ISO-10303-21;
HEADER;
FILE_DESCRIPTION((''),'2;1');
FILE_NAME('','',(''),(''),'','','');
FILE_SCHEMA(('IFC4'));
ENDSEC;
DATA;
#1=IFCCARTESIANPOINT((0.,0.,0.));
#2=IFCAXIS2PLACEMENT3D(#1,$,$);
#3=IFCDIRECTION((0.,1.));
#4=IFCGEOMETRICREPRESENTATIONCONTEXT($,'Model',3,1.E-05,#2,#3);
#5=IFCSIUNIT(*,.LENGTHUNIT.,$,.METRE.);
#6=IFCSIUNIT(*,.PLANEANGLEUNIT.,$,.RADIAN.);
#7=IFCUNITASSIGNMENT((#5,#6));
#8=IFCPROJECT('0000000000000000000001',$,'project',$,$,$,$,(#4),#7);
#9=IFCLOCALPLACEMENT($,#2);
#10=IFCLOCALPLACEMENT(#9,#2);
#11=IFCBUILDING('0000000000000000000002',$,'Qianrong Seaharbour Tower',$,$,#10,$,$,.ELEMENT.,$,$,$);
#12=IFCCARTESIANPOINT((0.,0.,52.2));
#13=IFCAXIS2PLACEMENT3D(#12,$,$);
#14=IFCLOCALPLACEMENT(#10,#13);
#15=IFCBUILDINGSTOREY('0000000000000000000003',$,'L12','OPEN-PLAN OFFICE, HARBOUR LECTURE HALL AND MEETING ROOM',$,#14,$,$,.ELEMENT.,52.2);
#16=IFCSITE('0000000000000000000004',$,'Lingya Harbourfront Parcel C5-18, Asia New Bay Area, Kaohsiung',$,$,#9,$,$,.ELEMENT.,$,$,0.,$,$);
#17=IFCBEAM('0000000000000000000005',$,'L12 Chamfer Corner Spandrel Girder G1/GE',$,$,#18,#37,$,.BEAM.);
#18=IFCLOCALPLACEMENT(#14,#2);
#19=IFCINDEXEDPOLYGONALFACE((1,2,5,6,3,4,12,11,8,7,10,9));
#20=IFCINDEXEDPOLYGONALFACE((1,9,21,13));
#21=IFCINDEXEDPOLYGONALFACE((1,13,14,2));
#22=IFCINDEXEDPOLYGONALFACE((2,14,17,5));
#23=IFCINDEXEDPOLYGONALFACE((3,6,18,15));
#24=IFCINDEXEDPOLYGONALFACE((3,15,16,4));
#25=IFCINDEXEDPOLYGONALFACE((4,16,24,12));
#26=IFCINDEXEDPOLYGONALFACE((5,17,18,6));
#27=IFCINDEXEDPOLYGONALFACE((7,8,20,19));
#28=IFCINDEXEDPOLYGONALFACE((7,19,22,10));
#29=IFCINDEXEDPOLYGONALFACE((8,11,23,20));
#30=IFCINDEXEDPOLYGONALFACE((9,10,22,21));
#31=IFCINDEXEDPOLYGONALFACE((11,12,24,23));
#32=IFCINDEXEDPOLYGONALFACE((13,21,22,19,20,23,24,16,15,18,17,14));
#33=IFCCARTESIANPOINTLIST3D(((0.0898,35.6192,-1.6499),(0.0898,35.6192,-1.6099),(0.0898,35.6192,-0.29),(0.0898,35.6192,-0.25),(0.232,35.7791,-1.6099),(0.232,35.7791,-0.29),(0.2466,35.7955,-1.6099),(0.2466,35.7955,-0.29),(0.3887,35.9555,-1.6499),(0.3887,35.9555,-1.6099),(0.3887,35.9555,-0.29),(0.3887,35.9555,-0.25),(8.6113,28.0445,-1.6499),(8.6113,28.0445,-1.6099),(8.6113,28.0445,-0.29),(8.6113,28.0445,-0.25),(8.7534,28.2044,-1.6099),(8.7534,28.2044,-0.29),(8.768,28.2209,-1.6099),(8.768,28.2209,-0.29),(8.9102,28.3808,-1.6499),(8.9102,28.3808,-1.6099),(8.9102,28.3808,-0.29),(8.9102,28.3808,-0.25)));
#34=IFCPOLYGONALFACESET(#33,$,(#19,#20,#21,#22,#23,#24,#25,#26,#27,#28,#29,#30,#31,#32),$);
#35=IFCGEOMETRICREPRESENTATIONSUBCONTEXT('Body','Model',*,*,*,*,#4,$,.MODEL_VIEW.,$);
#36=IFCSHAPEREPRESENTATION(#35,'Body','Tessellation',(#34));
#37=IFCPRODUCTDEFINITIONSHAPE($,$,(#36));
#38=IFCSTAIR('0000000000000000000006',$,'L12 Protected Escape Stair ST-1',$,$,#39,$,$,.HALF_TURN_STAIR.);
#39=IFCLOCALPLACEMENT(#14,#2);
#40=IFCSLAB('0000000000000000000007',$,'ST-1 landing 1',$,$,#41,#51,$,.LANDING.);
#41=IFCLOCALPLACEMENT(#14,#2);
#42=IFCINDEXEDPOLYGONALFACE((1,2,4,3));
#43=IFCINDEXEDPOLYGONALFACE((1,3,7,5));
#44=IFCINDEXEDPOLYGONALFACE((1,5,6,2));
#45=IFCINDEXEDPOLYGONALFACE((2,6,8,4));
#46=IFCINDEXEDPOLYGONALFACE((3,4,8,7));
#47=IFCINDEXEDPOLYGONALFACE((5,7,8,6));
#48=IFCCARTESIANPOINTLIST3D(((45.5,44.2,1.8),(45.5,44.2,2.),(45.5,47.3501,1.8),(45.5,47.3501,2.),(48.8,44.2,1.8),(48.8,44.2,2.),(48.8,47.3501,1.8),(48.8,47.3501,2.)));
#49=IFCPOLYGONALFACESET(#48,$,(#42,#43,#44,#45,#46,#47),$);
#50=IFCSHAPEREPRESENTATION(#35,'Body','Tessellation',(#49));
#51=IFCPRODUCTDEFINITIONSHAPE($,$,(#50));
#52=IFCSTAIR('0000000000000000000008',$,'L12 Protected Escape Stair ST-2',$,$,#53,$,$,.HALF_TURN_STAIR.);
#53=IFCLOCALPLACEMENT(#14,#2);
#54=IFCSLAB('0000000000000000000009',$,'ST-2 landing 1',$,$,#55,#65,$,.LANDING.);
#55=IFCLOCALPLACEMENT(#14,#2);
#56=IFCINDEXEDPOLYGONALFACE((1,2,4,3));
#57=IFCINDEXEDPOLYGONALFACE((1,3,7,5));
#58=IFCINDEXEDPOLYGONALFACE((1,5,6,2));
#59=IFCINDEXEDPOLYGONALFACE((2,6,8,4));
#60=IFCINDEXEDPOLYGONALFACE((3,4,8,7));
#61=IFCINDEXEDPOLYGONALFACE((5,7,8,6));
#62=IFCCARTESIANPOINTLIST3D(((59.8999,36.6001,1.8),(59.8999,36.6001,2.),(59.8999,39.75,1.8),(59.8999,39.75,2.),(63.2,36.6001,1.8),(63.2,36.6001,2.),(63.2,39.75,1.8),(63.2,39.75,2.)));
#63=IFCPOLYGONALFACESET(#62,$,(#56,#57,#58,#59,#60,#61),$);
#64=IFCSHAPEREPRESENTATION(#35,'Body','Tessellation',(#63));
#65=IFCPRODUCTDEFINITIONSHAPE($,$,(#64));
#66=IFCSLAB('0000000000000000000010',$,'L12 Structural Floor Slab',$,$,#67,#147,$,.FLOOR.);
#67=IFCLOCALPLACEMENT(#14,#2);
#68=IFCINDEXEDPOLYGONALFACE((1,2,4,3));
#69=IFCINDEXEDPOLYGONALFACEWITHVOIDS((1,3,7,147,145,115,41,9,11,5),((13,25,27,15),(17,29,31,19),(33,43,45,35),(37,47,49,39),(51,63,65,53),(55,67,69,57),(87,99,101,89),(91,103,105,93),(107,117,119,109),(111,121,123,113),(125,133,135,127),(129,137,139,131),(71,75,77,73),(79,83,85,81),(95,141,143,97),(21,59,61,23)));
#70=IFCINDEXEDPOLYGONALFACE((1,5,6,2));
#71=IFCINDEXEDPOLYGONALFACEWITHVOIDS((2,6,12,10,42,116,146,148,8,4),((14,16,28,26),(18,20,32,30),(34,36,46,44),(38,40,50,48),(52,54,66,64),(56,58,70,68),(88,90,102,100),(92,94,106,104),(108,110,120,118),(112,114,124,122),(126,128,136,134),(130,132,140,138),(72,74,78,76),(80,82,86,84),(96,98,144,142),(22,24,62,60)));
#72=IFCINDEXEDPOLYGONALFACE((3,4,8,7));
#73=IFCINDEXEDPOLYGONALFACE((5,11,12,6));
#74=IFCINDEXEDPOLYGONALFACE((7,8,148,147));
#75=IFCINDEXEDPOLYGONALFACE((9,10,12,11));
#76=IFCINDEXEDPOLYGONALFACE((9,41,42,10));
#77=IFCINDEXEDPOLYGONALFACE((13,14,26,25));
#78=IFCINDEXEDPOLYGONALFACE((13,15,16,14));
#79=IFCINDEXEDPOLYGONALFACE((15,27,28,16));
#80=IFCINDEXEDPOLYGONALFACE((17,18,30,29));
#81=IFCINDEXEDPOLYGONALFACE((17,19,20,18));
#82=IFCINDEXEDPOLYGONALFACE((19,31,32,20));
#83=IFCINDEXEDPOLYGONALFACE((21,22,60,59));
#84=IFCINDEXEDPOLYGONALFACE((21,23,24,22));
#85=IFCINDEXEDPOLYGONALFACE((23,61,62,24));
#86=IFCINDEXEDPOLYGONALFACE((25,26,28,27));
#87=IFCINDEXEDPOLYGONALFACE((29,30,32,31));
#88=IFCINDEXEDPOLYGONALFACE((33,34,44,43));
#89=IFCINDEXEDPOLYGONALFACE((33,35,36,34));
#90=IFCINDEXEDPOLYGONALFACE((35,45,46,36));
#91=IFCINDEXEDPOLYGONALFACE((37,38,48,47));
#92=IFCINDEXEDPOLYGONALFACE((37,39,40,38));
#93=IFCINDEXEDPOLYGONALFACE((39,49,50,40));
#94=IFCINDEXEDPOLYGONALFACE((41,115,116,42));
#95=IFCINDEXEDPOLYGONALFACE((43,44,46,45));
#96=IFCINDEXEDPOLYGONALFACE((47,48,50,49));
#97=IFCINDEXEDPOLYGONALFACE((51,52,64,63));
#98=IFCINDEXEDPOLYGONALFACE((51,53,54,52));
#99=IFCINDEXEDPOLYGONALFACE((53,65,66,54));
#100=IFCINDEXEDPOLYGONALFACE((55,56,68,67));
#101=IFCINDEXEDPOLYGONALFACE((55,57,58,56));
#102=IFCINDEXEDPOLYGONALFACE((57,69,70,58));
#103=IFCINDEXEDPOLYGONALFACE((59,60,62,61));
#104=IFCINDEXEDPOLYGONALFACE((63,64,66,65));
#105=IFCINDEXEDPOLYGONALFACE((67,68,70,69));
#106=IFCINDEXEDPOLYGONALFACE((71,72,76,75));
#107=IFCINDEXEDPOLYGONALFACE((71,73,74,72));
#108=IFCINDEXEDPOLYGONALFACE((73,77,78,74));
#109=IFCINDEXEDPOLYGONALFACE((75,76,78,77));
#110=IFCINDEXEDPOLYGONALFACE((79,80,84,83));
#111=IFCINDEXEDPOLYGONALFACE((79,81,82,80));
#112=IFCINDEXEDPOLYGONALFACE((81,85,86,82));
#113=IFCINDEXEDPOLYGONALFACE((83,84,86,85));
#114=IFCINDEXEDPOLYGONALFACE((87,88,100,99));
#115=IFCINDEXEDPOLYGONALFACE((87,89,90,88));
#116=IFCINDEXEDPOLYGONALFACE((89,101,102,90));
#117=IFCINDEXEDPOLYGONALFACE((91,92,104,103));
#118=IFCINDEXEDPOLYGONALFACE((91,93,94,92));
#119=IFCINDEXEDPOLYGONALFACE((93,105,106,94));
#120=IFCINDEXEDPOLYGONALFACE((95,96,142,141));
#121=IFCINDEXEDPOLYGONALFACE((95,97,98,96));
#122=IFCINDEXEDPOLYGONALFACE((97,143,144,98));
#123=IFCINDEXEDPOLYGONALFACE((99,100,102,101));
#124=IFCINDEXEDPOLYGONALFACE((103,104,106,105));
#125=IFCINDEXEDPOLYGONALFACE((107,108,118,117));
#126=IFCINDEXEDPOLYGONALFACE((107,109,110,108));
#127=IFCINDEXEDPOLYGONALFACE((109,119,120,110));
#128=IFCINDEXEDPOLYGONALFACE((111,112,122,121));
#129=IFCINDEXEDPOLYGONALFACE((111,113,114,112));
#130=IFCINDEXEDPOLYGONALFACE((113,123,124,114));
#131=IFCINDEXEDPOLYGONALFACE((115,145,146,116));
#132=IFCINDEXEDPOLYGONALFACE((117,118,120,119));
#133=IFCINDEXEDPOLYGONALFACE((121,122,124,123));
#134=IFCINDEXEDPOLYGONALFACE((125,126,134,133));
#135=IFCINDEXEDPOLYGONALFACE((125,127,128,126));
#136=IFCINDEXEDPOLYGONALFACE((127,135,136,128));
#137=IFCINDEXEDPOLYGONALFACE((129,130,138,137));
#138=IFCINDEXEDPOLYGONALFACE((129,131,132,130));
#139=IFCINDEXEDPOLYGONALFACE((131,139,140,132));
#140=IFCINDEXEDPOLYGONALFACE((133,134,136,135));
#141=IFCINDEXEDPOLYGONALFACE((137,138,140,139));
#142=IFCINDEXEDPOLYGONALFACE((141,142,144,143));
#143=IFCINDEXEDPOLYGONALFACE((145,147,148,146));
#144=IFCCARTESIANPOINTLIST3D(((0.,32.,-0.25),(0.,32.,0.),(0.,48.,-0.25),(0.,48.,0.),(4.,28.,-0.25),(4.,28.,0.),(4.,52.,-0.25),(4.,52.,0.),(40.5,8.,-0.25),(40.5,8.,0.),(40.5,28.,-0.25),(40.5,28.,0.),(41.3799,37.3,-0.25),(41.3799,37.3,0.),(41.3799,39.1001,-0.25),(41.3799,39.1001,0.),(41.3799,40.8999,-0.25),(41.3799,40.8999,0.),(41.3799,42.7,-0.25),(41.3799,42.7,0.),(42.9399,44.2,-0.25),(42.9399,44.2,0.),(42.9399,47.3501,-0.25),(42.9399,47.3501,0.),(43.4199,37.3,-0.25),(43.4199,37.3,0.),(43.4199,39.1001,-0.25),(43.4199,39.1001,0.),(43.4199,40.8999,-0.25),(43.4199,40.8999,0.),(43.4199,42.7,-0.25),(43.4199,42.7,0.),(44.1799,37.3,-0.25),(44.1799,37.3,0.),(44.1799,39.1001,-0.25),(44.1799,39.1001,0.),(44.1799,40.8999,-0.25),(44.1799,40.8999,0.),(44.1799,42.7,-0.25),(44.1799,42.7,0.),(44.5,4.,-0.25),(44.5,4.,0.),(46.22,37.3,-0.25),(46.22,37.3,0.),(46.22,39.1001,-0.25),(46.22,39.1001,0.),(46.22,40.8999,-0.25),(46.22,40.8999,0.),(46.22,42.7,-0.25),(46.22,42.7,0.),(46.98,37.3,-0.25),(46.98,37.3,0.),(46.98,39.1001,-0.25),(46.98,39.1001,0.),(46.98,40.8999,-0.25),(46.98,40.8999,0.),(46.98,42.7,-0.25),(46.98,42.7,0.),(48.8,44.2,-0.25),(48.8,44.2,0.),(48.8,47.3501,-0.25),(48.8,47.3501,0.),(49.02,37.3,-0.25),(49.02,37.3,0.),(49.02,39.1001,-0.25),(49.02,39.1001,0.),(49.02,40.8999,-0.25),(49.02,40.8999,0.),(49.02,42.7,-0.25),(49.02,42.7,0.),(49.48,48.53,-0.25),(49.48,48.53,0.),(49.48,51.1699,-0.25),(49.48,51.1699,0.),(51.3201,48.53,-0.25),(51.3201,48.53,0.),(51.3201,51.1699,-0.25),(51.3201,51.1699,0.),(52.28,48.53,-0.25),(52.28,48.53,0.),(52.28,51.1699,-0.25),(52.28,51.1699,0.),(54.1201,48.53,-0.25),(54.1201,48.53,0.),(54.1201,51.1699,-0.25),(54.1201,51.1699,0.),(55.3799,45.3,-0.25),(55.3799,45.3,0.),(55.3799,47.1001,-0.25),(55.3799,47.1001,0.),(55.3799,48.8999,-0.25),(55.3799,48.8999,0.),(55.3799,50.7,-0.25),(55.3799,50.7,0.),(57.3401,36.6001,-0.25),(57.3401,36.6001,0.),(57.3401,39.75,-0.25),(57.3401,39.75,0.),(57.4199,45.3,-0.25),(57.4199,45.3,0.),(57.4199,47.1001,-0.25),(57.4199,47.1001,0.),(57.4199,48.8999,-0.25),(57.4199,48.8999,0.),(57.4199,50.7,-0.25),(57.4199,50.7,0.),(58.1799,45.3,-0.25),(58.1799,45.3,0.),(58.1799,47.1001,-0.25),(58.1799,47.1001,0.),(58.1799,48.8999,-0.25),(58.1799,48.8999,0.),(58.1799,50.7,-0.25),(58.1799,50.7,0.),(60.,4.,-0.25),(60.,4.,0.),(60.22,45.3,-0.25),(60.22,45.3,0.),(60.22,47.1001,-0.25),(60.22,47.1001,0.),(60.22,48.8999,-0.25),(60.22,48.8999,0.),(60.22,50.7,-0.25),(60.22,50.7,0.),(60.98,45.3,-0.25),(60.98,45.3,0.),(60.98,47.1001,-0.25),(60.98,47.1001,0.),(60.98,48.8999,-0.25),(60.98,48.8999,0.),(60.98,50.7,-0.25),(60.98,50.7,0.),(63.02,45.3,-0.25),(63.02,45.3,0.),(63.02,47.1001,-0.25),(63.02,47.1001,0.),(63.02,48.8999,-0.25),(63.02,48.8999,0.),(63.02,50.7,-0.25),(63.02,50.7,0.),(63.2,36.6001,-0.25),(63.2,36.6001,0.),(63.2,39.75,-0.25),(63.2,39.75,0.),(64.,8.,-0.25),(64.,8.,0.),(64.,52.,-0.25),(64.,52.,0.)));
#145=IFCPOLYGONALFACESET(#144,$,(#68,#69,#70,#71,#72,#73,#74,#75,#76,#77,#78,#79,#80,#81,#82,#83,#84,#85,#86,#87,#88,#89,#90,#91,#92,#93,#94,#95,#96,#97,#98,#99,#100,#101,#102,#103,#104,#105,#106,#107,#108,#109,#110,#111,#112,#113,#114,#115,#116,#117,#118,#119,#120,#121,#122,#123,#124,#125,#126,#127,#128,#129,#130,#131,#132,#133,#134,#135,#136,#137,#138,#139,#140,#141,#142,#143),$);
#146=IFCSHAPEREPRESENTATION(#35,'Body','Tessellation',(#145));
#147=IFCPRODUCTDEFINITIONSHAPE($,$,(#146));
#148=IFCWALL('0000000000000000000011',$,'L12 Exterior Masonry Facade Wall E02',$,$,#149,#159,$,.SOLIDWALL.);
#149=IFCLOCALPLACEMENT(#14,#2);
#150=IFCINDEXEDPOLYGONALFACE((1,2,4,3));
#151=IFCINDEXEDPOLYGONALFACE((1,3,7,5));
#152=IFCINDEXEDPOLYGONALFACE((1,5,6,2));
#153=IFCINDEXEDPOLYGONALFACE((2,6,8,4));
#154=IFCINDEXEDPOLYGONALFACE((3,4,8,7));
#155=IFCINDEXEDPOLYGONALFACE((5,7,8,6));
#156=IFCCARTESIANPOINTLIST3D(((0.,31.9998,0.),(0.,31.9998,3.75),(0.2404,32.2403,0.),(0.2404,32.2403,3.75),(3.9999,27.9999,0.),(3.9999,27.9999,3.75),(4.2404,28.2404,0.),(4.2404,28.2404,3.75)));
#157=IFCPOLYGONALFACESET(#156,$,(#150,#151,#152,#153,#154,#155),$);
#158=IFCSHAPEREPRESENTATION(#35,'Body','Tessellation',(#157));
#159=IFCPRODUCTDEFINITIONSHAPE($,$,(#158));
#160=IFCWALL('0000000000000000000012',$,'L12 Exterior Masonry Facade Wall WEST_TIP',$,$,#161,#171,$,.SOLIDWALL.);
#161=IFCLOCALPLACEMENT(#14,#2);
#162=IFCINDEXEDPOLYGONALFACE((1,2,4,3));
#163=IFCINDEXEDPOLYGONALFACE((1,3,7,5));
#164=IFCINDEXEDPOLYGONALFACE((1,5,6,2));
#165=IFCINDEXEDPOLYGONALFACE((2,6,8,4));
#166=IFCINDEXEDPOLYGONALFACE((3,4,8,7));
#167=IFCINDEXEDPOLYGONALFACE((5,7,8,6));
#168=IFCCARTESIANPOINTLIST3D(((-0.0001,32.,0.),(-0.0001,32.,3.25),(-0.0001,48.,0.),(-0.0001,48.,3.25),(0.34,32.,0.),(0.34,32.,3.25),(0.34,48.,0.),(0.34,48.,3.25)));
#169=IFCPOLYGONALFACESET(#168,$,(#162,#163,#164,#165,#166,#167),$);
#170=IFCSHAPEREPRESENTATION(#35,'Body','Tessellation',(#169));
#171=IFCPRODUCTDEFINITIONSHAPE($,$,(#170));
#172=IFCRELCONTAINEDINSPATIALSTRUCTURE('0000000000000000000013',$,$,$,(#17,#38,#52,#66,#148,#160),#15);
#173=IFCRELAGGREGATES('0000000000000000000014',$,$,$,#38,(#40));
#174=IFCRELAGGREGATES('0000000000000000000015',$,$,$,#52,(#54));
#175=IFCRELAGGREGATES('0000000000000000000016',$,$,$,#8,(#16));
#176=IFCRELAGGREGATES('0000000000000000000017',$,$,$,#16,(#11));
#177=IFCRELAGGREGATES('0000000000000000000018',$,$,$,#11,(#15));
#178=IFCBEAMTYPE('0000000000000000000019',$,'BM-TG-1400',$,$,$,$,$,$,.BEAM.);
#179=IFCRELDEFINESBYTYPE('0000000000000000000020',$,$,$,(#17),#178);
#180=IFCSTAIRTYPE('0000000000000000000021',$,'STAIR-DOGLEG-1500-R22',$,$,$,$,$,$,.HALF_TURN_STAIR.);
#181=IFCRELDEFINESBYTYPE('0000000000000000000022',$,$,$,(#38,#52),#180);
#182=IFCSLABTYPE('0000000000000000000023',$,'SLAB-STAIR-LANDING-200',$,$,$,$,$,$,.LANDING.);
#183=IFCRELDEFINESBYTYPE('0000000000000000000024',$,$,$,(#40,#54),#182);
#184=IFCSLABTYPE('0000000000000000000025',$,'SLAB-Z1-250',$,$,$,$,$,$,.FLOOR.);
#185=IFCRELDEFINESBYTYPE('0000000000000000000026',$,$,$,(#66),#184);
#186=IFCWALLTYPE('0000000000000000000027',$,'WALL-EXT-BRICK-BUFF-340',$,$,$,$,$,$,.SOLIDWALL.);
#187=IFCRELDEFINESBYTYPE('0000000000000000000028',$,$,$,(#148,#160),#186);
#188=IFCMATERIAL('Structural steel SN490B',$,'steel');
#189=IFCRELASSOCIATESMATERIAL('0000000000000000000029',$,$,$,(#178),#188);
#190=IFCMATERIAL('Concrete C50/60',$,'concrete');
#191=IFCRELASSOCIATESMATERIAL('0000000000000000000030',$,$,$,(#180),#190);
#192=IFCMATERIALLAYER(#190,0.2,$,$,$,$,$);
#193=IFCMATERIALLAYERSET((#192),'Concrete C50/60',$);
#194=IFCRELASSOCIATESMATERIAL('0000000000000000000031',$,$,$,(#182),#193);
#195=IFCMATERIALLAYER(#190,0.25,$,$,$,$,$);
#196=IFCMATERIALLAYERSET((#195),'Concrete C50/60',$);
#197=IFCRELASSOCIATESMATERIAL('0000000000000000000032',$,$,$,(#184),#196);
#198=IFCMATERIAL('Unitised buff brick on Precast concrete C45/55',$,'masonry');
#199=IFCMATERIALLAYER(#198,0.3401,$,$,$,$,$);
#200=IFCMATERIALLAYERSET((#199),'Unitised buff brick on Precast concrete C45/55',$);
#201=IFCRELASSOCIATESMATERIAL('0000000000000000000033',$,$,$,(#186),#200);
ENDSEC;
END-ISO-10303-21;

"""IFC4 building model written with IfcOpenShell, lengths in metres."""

from ifc_helpers import new_model, si_unit, direction, frame, frame_2d, origin, origin_2d, place, context, subcontext, project, spatial, polyline, rectangle, i_section, outline, extrude, material, layer, layer_set, material_profile, profile_set, type_object, element, aggregate, save


model = new_model("IFC4")

# Units and contexts
model_context = context("Model", 3, precision=1e-05, world=origin(), true_north=direction((0.0, 1.0)))
body_context = subcontext(model_context, "Body", "Model", "MODEL_VIEW")
ifc_project = project(units=[si_unit("LENGTHUNIT", "METRE"), si_unit("PLANEANGLEUNIT", "RADIAN")], contexts=[model_context])

# Site, building, storey
site_placement = place(None, origin())
site = spatial("IfcSite", under=ifc_project, at=site_placement, Name="Lingya Harbourfront Parcel C5-18, Asia New Bay Area, Kaohsiung", CompositionType="ELEMENT", RefElevation=0.0)
building_placement = place(site_placement, origin())
building = spatial("IfcBuilding", under=site, at=building_placement, Name="Qianrong Seaharbour Tower", CompositionType="ELEMENT")
storey_placement = place(building_placement, frame((0.0, 0.0, 52.2)))
storey = spatial("IfcBuildingStorey", under=building, at=storey_placement, Name="L12", Description="OPEN-PLAN OFFICE, HARBOUR LECTURE HALL AND MEETING ROOM", CompositionType="ELEMENT", Elevation=52.2)

# Shared definitions
ifc_material_1 = material(Name="Structural steel SN490B", Category="steel")

# Beam
ifc_material_profile_1 = material_profile(ifc_material_1, i_section(OverallWidth=0.45, OverallDepth=1.3999, WebThickness=0.022, FlangeThickness=0.04, at=origin_2d()), Name="BH1400x450x22x40")
ifc_profile_set_1 = profile_set([ifc_material_profile_1], Name="Structural steel SN490B")
beam_type_1 = type_object("IfcBeamType", Name="BM-TG-1400", PredefinedType="BEAM", material=ifc_profile_set_1)
beam_1_placement = place(storey_placement, frame((8.7607, 28.2126, -0.95), z_axis=(-0.747407, 0.664366, 0.0), x_axis=(-0.664366, -0.747407, 0.0)))
element("IfcBeam", 1, at=beam_1_placement, inside=storey, type_object=beam_type_1, Name="L12 Chamfer Corner Spandrel Girder G1/GE", PredefinedType="BEAM", context=body_context, shape_type="SweptSolid", body=[
    extrude(i_section(OverallWidth=0.45, OverallDepth=1.3999, WebThickness=0.022, FlangeThickness=0.04, at=origin_2d()), origin(), (0.0, 0.0, 1.0), 11.4014),
])

# Stairs, slabs
ifc_material_2 = material(Name="Concrete C50/60", Category="concrete")
stair_type = type_object("IfcStairType", Name="STAIR-DOGLEG-1500-R22", PredefinedType="HALF_TURN_STAIR", material=ifc_material_2)
stair_1_placement = place(storey_placement, origin())
stair_1 = element("IfcStair", 2, at=stair_1_placement, inside=storey, type_object=stair_type, Name="L12 Protected Escape Stair ST-1", PredefinedType="HALF_TURN_STAIR")
ifc_layer_1 = layer(ifc_material_2, 0.2)
ifc_layer_set_1 = layer_set([ifc_layer_1], Name="Concrete C50/60")
slab_type_1 = type_object("IfcSlabType", Name="SLAB-STAIR-LANDING-200", PredefinedType="LANDING", material=ifc_layer_set_1)
slab_1_placement = place(storey_placement, frame((0.0, 0.0, 1.8)))
slab_1 = element("IfcSlab", 3, at=slab_1_placement, type_object=slab_type_1, Name="ST-1 landing 1", PredefinedType="LANDING", context=body_context, shape_type="SweptSolid", body=[
    extrude(outline(polyline([(45.5, 44.2), (48.8, 44.2), (48.8, 47.3501), (45.5, 47.3501), (45.5, 44.2)])), origin(), (0.0, 0.0, 1.0), 0.2),
])
aggregate(stair_1, [slab_1])
stair_2_placement = place(storey_placement, origin())
stair_2 = element("IfcStair", 4, at=stair_2_placement, inside=storey, type_object=stair_type, Name="L12 Protected Escape Stair ST-2", PredefinedType="HALF_TURN_STAIR")
slab_2_placement = place(storey_placement, frame((0.0, 0.0, 1.8)))
slab_2 = element("IfcSlab", 5, at=slab_2_placement, type_object=slab_type_1, Name="ST-2 landing 1", PredefinedType="LANDING", context=body_context, shape_type="SweptSolid", body=[
    extrude(outline(polyline([(59.8999, 36.6001), (63.2, 36.6001), (63.2, 39.75), (59.8999, 39.75), (59.8999, 36.6001)])), origin(), (0.0, 0.0, 1.0), 0.2),
])
aggregate(stair_2, [slab_2])

# Slab
ifc_layer_2 = layer(ifc_material_2, 0.25)
ifc_layer_set_2 = layer_set([ifc_layer_2], Name="Concrete C50/60")
slab_type_2 = type_object("IfcSlabType", Name="SLAB-Z1-250", PredefinedType="FLOOR", material=ifc_layer_set_2)
slab_3_placement = place(storey_placement, frame((0.0, 0.0, -0.25)))
element("IfcSlab", 6, at=slab_3_placement, inside=storey, type_object=slab_type_2, Name="L12 Structural Floor Slab", PredefinedType="FLOOR", context=body_context, shape_type="SweptSolid", body=[
    extrude(outline(polyline([(44.5, 4.0), (60.0, 4.0), (64.0, 8.0), (64.0, 52.0), (4.0, 52.0), (0.0, 48.0), (0.0, 32.0), (4.0, 28.0), (40.5, 28.0), (40.5, 8.0), (44.5, 4.0)]), holes=[polyline([(42.9399, 44.2), (42.9399, 47.3501), (48.8, 47.3501), (48.8, 44.2), (42.9399, 44.2)]), polyline([(57.3401, 36.6001), (57.3401, 39.75), (63.2, 39.75), (63.2, 36.6001), (57.3401, 36.6001)]), polyline([(49.48, 48.53), (49.48, 51.1699), (51.3201, 51.1699), (51.3201, 48.53), (49.48, 48.53)]), polyline([(52.28, 48.53), (52.28, 51.1699), (54.1201, 51.1699), (54.1201, 48.53), (52.28, 48.53)]), polyline([(41.3799, 37.3), (41.3799, 39.1001), (43.4199, 39.1001), (43.4199, 37.3), (41.3799, 37.3)]), polyline([(44.1799, 37.3), (44.1799, 39.1001), (46.22, 39.1001), (46.22, 37.3), (44.1799, 37.3)]), polyline([(46.98, 37.3), (46.98, 39.1001), (49.02, 39.1001), (49.02, 37.3), (46.98, 37.3)]), polyline([(41.3799, 40.8999), (41.3799, 42.7), (43.4199, 42.7), (43.4199, 40.8999), (41.3799, 40.8999)]), polyline([(44.1799, 40.8999), (44.1799, 42.7), (46.22, 42.7), (46.22, 40.8999), (44.1799, 40.8999)]), polyline([(46.98, 40.8999), (46.98, 42.7), (49.02, 42.7), (49.02, 40.8999), (46.98, 40.8999)]), polyline([(55.3799, 45.3), (55.3799, 47.1001), (57.4199, 47.1001), (57.4199, 45.3), (55.3799, 45.3)]), polyline([(58.1799, 45.3), (58.1799, 47.1001), (60.22, 47.1001), (60.22, 45.3), (58.1799, 45.3)]), polyline([(60.98, 45.3), (60.98, 47.1001), (63.02, 47.1001), (63.02, 45.3), (60.98, 45.3)]), polyline([(55.3799, 48.8999), (55.3799, 50.7), (57.4199, 50.7), (57.4199, 48.8999), (55.3799, 48.8999)]), polyline([(58.1799, 48.8999), (58.1799, 50.7), (60.22, 50.7), (60.22, 48.8999), (58.1799, 48.8999)]), polyline([(60.98, 48.8999), (60.98, 50.7), (63.02, 50.7), (63.02, 48.8999), (60.98, 48.8999)])]), origin(), (0.0, 0.0, 1.0), 0.25),
])

# Walls
ifc_material_3 = material(Name="Unitised buff brick on Precast concrete C45/55", Category="masonry")
ifc_layer_3 = layer(ifc_material_3, 0.3401)
ifc_layer_set_3 = layer_set([ifc_layer_3], Name="Unitised buff brick on Precast concrete C45/55")
wall_type_1 = type_object("IfcWallType", Name="WALL-EXT-BRICK-BUFF-340", PredefinedType="SOLIDWALL", material=ifc_layer_set_3)
wall_1_placement = place(storey_placement, frame((4.1201, 28.1201, 0.0), z_axis=(0.0, 0.0, 1.0), x_axis=(-0.707107, 0.707107, 0.0)))
element("IfcWall", 7, at=wall_1_placement, inside=storey, type_object=wall_type_1, Name="L12 Exterior Masonry Facade Wall E02", PredefinedType="SOLIDWALL", context=body_context, shape_type="SweptSolid", body=[
    extrude(rectangle(XDim=5.6567, YDim=0.3401, at=frame_2d((2.8284, 0.0))), origin(), (0.0, 0.0, 1.0), 3.75),
])
wall_2_placement = place(storey_placement, frame((0.1699, 32.0, 0.0), z_axis=(0.0, 0.0, 1.0), x_axis=(0.0, 1.0, 0.0)))
element("IfcWall", 8, at=wall_2_placement, inside=storey, type_object=wall_type_1, Name="L12 Exterior Masonry Facade Wall WEST_TIP", PredefinedType="SOLIDWALL", context=body_context, shape_type="SweptSolid", body=[
    extrude(rectangle(XDim=16.0, YDim=0.3401, at=frame_2d((8.0, 0.0))), origin(), (0.0, 0.0, 1.0), 3.25),
])

save(model, "model.ifc")
